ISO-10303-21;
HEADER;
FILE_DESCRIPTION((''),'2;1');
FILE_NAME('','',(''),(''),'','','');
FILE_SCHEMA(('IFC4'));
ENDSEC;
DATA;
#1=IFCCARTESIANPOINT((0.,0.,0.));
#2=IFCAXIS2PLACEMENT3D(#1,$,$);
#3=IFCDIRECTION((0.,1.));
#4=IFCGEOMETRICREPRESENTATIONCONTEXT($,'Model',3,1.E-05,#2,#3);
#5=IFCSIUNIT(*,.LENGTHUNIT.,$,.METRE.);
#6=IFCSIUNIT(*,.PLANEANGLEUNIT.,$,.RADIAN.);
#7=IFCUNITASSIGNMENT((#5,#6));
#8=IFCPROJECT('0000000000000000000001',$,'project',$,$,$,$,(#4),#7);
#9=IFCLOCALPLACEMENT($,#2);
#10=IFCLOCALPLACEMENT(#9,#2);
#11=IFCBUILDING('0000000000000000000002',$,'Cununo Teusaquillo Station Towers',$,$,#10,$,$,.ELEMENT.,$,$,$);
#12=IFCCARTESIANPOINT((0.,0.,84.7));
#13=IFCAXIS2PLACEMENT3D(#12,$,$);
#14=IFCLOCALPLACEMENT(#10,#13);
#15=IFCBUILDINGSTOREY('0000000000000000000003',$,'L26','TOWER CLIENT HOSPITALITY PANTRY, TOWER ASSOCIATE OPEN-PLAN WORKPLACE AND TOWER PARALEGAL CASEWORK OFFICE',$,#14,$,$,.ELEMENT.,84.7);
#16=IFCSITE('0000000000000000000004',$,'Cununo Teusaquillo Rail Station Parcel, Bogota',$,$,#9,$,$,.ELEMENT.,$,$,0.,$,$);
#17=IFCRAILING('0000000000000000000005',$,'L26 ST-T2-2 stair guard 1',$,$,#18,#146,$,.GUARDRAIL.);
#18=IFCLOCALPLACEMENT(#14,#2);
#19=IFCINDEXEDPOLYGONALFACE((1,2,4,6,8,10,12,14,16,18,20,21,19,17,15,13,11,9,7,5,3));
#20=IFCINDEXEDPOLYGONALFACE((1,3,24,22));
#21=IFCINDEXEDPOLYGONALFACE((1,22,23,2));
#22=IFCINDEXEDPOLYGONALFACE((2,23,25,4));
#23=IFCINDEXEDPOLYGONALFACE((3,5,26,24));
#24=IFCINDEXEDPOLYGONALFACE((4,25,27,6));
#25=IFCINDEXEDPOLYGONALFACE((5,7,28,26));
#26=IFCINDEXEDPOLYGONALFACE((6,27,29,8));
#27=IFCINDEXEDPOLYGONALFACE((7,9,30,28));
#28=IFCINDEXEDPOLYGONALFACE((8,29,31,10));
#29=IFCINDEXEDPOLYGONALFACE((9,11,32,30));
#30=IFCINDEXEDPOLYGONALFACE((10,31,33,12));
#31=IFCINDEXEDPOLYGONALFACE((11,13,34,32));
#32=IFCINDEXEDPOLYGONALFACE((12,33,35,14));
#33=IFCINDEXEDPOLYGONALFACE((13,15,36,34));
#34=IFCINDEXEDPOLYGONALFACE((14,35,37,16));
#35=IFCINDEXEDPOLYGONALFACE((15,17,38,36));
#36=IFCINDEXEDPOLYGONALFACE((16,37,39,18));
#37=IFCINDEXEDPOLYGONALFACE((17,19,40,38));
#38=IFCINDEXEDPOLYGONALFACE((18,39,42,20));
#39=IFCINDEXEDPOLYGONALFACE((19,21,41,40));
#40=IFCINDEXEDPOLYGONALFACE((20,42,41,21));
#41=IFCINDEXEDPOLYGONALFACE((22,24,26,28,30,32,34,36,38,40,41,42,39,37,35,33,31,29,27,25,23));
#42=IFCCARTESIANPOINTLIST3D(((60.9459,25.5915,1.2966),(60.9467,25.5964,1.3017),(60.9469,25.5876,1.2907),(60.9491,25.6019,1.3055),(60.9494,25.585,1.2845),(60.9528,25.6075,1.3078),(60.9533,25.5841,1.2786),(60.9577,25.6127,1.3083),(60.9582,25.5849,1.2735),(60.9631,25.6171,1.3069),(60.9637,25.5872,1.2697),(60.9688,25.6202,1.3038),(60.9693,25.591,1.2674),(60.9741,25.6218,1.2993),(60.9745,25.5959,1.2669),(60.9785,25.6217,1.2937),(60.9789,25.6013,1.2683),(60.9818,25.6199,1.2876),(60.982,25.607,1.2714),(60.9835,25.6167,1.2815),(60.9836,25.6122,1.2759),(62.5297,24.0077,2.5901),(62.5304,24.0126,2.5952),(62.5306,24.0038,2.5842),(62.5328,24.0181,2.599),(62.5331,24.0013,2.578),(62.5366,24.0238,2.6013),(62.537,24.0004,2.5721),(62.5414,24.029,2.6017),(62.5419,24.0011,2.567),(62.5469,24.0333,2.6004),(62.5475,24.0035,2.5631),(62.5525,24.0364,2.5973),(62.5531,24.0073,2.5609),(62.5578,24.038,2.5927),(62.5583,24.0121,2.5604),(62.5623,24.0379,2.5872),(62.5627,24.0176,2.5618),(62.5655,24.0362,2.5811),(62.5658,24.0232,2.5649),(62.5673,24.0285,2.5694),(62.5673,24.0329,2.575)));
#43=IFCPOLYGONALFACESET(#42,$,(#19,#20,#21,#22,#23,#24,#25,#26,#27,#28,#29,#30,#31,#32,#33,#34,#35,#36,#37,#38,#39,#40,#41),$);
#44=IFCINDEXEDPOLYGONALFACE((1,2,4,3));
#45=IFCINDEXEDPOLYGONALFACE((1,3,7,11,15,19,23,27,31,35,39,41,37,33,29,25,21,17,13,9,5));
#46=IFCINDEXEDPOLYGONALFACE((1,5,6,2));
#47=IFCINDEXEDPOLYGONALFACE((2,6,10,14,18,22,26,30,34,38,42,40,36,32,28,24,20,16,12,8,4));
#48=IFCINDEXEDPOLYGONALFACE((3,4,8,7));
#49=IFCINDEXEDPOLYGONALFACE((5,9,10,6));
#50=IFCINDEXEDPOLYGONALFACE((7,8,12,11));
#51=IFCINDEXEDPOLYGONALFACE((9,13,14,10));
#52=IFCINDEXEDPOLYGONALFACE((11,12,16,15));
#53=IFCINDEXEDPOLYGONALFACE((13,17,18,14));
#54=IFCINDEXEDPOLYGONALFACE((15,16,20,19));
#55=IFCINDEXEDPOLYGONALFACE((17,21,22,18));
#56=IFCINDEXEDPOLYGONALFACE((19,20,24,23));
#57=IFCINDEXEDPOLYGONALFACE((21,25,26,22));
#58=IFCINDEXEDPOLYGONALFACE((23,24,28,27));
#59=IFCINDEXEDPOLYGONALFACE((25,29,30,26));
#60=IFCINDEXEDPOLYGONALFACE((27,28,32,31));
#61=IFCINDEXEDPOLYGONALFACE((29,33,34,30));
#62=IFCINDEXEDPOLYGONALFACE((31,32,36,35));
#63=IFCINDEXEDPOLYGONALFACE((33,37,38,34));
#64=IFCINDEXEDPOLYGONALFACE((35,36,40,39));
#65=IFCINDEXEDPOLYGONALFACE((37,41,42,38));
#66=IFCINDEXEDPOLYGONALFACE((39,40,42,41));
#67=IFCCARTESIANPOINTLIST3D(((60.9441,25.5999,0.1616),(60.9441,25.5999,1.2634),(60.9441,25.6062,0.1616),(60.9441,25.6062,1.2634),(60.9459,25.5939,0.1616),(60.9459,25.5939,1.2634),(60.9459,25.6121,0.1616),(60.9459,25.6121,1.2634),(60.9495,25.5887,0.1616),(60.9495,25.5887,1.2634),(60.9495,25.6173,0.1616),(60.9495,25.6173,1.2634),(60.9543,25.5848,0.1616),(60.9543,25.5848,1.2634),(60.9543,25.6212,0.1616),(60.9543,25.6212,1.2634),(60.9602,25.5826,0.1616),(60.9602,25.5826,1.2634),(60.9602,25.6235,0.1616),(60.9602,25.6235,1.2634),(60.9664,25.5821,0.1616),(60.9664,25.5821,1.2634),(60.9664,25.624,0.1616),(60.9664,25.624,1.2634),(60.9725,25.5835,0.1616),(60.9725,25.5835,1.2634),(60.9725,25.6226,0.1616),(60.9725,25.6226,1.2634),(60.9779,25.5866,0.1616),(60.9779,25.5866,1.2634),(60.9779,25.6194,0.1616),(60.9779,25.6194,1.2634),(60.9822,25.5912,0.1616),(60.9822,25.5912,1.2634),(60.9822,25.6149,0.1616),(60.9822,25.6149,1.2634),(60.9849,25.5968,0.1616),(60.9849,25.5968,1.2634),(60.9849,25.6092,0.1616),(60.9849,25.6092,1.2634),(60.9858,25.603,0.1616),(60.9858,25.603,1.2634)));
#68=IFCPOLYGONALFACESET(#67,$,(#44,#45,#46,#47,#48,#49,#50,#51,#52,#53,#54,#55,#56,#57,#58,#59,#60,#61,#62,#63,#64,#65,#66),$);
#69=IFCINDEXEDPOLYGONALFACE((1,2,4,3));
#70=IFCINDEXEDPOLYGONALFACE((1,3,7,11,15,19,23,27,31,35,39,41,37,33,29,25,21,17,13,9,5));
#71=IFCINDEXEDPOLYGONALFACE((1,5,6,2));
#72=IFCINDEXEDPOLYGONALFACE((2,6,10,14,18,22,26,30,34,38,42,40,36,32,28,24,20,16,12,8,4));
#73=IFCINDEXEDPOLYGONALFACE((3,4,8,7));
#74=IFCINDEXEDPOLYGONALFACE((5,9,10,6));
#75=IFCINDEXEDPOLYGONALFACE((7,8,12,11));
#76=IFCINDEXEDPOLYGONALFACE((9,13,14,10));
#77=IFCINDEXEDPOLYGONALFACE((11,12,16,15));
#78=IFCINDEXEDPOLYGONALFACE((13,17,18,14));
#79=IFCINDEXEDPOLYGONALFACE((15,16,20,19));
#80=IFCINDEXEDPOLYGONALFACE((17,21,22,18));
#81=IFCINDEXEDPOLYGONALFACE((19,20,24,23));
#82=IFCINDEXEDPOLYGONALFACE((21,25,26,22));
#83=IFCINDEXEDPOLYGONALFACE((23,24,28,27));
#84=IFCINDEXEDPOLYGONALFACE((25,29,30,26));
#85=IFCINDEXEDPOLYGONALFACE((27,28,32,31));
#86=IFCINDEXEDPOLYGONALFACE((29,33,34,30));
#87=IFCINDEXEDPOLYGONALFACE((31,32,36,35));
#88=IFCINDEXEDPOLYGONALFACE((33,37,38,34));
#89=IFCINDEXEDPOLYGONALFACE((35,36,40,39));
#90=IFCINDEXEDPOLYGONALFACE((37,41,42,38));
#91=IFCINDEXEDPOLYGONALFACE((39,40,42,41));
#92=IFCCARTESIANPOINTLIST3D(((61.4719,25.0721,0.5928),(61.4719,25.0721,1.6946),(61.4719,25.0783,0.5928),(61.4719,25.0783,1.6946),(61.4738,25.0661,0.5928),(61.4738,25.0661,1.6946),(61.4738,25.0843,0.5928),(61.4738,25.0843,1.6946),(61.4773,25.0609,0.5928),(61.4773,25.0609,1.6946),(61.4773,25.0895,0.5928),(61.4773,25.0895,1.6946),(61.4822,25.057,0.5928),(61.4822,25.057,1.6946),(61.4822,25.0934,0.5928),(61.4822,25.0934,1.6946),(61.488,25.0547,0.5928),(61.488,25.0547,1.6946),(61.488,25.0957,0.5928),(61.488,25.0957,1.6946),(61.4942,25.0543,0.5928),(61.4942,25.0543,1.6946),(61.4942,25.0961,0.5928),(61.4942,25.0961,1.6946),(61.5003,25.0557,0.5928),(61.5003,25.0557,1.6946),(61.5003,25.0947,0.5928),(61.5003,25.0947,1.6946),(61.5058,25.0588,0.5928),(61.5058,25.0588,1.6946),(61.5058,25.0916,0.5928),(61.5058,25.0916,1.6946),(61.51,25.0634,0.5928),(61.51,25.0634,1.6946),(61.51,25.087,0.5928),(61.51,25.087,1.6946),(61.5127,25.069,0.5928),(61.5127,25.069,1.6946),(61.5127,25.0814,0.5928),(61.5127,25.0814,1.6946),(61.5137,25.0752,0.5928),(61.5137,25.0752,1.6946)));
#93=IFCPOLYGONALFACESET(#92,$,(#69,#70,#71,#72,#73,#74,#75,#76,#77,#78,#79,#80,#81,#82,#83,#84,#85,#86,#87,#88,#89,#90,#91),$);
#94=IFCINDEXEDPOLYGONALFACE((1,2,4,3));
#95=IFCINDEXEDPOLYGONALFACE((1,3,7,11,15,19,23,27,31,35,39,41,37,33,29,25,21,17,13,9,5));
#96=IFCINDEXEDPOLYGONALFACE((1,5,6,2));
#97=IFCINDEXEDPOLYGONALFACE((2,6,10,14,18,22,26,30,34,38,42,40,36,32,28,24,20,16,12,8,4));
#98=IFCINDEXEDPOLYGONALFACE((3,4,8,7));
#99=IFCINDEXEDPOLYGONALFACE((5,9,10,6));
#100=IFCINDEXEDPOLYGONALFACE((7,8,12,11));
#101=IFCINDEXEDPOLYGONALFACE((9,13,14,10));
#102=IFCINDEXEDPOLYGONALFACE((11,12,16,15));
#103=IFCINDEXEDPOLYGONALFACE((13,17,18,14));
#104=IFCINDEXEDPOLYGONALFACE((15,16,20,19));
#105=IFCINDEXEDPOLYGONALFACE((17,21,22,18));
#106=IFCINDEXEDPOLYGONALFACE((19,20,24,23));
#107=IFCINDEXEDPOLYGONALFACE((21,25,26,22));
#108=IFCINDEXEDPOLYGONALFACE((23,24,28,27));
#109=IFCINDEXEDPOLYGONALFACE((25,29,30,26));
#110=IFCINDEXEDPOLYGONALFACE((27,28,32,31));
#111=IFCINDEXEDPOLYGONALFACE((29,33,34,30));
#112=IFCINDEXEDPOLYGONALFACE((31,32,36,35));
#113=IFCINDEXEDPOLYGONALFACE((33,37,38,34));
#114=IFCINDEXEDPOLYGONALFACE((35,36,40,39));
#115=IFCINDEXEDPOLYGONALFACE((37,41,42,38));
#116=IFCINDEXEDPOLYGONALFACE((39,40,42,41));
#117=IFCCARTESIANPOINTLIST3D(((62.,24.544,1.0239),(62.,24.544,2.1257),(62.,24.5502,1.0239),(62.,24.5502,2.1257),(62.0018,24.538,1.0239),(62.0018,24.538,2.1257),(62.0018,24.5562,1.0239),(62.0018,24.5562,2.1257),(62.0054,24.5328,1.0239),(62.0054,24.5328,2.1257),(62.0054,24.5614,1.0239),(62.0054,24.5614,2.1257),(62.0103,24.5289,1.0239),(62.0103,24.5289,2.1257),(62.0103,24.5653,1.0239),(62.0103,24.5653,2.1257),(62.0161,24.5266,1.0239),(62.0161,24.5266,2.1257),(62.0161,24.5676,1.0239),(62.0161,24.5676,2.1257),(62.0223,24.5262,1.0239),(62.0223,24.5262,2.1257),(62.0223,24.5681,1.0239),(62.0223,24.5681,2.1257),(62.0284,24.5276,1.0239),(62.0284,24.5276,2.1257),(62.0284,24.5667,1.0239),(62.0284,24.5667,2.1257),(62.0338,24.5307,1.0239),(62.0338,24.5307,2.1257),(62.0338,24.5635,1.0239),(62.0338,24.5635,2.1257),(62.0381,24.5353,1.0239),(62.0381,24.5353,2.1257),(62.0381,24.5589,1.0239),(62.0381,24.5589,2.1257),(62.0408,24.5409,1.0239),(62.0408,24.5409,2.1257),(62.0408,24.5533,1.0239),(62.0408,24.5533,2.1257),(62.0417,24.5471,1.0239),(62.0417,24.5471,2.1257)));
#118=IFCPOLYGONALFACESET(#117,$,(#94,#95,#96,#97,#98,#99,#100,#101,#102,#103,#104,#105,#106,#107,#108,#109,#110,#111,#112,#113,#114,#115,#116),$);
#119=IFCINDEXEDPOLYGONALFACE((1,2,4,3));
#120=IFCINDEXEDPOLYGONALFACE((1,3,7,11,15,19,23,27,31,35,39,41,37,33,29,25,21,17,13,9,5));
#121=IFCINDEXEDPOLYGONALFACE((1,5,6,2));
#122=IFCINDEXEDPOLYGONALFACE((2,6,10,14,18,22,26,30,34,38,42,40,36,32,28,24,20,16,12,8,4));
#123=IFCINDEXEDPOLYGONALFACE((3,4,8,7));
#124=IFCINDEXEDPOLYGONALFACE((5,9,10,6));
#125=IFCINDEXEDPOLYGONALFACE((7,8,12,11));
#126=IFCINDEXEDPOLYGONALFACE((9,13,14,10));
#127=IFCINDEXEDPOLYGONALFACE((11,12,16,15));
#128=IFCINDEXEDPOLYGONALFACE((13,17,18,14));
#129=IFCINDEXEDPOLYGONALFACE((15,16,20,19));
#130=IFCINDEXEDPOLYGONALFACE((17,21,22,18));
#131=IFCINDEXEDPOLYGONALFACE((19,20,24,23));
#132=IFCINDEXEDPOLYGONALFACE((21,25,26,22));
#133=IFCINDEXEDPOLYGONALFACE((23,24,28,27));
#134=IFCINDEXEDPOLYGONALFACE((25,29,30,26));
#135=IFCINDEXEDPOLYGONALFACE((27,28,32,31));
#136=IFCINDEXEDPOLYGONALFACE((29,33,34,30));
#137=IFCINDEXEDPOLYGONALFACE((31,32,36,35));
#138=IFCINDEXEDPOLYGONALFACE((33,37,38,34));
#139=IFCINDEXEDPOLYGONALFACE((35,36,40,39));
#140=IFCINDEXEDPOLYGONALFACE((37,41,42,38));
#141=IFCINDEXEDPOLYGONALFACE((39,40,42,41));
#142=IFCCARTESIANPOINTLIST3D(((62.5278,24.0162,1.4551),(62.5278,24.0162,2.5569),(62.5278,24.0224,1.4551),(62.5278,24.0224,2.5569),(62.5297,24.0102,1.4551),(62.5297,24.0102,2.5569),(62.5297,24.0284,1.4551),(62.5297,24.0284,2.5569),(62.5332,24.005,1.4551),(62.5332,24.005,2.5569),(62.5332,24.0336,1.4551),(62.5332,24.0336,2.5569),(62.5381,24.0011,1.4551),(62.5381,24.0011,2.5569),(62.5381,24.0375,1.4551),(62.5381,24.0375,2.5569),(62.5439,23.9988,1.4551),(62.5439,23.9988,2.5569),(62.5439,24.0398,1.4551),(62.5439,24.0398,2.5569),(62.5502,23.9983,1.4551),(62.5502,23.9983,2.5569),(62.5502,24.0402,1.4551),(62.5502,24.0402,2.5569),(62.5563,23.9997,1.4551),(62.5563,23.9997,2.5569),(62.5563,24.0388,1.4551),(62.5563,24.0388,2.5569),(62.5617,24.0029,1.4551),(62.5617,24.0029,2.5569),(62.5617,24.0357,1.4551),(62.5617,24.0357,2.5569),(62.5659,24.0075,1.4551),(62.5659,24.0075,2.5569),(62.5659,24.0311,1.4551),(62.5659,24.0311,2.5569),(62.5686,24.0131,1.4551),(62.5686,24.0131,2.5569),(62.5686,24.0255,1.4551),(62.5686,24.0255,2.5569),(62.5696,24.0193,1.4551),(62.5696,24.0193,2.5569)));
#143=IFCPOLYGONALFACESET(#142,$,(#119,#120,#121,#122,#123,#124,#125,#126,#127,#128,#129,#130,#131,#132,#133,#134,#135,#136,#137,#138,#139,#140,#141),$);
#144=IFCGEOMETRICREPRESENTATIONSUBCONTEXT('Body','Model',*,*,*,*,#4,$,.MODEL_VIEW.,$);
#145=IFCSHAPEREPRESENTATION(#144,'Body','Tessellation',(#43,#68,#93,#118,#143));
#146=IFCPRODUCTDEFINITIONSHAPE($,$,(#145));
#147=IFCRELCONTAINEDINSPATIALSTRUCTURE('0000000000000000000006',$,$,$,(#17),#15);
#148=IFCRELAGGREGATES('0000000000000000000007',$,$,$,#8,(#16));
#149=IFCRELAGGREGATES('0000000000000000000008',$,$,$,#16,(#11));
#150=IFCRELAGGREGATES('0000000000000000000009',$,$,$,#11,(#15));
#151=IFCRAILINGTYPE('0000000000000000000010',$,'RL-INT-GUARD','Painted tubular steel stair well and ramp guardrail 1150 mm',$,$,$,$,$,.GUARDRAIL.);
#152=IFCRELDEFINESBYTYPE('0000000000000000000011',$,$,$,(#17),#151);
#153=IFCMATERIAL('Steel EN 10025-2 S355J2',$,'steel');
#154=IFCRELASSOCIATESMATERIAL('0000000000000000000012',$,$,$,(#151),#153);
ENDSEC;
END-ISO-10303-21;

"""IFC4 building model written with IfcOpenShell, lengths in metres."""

from ifc_helpers import new_model, si_unit, direction, frame, origin, origin_2d, place, context, subcontext, project, spatial, circle, extrude, material, type_object, element, save


model = new_model("IFC4")

# Units and contexts
model_context = context("Model", 3, precision=1e-05, world=origin(), true_north=direction((0.0, 1.0)))
body_context = subcontext(model_context, "Body", "Model", "MODEL_VIEW")
ifc_project = project(units=[si_unit("LENGTHUNIT", "METRE"), si_unit("PLANEANGLEUNIT", "RADIAN")], contexts=[model_context])

# Site, building, storey
site_placement = place(None, origin())
site = spatial("IfcSite", under=ifc_project, at=site_placement, Name="Cununo Teusaquillo Rail Station Parcel, Bogota", CompositionType="ELEMENT", RefElevation=0.0)
building_placement = place(site_placement, origin())
building = spatial("IfcBuilding", under=site, at=building_placement, Name="Cununo Teusaquillo Station Towers", CompositionType="ELEMENT")
storey_placement = place(building_placement, frame((0.0, 0.0, 84.7)))
storey = spatial("IfcBuildingStorey", under=building, at=storey_placement, Name="L26", Description="TOWER CLIENT HOSPITALITY PANTRY, TOWER ASSOCIATE OPEN-PLAN WORKPLACE AND TOWER PARALEGAL CASEWORK OFFICE", CompositionType="ELEMENT", Elevation=84.7)

# Railing
ifc_material_1 = material(Name="Steel EN 10025-2 S355J2", Category="steel")
railing_type_1 = type_object("IfcRailingType", Name="RL-INT-GUARD", Description="Painted tubular steel stair well and ramp guardrail 1150 mm", PredefinedType="GUARDRAIL", material=ifc_material_1)
railing_1_placement = place(storey_placement, frame((60.9648, 25.603, 0.1616)))
element("IfcRailing", 1, at=railing_1_placement, inside=storey, type_object=railing_type_1, Name="L26 ST-T2-2 stair guard 1", PredefinedType="GUARDRAIL", context=body_context, shape_type="SweptSolid", body=[
    extrude(circle(Radius=0.0239, at=origin_2d()), frame((0.0, 0.0, 1.126), z_axis=(0.612332, -0.612332, 0.500098), x_axis=(0.707107, 0.707107, 0.0)), (0.0, 0.0, 1.0), 2.5864),
    extrude(circle(Radius=0.021, at=origin_2d()), origin(), (0.0, 0.0, 1.0), 1.1018),
    extrude(circle(Radius=0.021, at=origin_2d()), frame((0.5278, -0.5278, 0.4312)), (0.0, 0.0, 1.0), 1.1018),
    extrude(circle(Radius=0.021, at=origin_2d()), frame((1.0559, -1.0559, 0.8623)), (0.0, 0.0, 1.0), 1.1018),
    extrude(circle(Radius=0.021, at=origin_2d()), frame((1.5837, -1.5837, 1.2935)), (0.0, 0.0, 1.0), 1.1018),
])

save(model, "model.ifc")
